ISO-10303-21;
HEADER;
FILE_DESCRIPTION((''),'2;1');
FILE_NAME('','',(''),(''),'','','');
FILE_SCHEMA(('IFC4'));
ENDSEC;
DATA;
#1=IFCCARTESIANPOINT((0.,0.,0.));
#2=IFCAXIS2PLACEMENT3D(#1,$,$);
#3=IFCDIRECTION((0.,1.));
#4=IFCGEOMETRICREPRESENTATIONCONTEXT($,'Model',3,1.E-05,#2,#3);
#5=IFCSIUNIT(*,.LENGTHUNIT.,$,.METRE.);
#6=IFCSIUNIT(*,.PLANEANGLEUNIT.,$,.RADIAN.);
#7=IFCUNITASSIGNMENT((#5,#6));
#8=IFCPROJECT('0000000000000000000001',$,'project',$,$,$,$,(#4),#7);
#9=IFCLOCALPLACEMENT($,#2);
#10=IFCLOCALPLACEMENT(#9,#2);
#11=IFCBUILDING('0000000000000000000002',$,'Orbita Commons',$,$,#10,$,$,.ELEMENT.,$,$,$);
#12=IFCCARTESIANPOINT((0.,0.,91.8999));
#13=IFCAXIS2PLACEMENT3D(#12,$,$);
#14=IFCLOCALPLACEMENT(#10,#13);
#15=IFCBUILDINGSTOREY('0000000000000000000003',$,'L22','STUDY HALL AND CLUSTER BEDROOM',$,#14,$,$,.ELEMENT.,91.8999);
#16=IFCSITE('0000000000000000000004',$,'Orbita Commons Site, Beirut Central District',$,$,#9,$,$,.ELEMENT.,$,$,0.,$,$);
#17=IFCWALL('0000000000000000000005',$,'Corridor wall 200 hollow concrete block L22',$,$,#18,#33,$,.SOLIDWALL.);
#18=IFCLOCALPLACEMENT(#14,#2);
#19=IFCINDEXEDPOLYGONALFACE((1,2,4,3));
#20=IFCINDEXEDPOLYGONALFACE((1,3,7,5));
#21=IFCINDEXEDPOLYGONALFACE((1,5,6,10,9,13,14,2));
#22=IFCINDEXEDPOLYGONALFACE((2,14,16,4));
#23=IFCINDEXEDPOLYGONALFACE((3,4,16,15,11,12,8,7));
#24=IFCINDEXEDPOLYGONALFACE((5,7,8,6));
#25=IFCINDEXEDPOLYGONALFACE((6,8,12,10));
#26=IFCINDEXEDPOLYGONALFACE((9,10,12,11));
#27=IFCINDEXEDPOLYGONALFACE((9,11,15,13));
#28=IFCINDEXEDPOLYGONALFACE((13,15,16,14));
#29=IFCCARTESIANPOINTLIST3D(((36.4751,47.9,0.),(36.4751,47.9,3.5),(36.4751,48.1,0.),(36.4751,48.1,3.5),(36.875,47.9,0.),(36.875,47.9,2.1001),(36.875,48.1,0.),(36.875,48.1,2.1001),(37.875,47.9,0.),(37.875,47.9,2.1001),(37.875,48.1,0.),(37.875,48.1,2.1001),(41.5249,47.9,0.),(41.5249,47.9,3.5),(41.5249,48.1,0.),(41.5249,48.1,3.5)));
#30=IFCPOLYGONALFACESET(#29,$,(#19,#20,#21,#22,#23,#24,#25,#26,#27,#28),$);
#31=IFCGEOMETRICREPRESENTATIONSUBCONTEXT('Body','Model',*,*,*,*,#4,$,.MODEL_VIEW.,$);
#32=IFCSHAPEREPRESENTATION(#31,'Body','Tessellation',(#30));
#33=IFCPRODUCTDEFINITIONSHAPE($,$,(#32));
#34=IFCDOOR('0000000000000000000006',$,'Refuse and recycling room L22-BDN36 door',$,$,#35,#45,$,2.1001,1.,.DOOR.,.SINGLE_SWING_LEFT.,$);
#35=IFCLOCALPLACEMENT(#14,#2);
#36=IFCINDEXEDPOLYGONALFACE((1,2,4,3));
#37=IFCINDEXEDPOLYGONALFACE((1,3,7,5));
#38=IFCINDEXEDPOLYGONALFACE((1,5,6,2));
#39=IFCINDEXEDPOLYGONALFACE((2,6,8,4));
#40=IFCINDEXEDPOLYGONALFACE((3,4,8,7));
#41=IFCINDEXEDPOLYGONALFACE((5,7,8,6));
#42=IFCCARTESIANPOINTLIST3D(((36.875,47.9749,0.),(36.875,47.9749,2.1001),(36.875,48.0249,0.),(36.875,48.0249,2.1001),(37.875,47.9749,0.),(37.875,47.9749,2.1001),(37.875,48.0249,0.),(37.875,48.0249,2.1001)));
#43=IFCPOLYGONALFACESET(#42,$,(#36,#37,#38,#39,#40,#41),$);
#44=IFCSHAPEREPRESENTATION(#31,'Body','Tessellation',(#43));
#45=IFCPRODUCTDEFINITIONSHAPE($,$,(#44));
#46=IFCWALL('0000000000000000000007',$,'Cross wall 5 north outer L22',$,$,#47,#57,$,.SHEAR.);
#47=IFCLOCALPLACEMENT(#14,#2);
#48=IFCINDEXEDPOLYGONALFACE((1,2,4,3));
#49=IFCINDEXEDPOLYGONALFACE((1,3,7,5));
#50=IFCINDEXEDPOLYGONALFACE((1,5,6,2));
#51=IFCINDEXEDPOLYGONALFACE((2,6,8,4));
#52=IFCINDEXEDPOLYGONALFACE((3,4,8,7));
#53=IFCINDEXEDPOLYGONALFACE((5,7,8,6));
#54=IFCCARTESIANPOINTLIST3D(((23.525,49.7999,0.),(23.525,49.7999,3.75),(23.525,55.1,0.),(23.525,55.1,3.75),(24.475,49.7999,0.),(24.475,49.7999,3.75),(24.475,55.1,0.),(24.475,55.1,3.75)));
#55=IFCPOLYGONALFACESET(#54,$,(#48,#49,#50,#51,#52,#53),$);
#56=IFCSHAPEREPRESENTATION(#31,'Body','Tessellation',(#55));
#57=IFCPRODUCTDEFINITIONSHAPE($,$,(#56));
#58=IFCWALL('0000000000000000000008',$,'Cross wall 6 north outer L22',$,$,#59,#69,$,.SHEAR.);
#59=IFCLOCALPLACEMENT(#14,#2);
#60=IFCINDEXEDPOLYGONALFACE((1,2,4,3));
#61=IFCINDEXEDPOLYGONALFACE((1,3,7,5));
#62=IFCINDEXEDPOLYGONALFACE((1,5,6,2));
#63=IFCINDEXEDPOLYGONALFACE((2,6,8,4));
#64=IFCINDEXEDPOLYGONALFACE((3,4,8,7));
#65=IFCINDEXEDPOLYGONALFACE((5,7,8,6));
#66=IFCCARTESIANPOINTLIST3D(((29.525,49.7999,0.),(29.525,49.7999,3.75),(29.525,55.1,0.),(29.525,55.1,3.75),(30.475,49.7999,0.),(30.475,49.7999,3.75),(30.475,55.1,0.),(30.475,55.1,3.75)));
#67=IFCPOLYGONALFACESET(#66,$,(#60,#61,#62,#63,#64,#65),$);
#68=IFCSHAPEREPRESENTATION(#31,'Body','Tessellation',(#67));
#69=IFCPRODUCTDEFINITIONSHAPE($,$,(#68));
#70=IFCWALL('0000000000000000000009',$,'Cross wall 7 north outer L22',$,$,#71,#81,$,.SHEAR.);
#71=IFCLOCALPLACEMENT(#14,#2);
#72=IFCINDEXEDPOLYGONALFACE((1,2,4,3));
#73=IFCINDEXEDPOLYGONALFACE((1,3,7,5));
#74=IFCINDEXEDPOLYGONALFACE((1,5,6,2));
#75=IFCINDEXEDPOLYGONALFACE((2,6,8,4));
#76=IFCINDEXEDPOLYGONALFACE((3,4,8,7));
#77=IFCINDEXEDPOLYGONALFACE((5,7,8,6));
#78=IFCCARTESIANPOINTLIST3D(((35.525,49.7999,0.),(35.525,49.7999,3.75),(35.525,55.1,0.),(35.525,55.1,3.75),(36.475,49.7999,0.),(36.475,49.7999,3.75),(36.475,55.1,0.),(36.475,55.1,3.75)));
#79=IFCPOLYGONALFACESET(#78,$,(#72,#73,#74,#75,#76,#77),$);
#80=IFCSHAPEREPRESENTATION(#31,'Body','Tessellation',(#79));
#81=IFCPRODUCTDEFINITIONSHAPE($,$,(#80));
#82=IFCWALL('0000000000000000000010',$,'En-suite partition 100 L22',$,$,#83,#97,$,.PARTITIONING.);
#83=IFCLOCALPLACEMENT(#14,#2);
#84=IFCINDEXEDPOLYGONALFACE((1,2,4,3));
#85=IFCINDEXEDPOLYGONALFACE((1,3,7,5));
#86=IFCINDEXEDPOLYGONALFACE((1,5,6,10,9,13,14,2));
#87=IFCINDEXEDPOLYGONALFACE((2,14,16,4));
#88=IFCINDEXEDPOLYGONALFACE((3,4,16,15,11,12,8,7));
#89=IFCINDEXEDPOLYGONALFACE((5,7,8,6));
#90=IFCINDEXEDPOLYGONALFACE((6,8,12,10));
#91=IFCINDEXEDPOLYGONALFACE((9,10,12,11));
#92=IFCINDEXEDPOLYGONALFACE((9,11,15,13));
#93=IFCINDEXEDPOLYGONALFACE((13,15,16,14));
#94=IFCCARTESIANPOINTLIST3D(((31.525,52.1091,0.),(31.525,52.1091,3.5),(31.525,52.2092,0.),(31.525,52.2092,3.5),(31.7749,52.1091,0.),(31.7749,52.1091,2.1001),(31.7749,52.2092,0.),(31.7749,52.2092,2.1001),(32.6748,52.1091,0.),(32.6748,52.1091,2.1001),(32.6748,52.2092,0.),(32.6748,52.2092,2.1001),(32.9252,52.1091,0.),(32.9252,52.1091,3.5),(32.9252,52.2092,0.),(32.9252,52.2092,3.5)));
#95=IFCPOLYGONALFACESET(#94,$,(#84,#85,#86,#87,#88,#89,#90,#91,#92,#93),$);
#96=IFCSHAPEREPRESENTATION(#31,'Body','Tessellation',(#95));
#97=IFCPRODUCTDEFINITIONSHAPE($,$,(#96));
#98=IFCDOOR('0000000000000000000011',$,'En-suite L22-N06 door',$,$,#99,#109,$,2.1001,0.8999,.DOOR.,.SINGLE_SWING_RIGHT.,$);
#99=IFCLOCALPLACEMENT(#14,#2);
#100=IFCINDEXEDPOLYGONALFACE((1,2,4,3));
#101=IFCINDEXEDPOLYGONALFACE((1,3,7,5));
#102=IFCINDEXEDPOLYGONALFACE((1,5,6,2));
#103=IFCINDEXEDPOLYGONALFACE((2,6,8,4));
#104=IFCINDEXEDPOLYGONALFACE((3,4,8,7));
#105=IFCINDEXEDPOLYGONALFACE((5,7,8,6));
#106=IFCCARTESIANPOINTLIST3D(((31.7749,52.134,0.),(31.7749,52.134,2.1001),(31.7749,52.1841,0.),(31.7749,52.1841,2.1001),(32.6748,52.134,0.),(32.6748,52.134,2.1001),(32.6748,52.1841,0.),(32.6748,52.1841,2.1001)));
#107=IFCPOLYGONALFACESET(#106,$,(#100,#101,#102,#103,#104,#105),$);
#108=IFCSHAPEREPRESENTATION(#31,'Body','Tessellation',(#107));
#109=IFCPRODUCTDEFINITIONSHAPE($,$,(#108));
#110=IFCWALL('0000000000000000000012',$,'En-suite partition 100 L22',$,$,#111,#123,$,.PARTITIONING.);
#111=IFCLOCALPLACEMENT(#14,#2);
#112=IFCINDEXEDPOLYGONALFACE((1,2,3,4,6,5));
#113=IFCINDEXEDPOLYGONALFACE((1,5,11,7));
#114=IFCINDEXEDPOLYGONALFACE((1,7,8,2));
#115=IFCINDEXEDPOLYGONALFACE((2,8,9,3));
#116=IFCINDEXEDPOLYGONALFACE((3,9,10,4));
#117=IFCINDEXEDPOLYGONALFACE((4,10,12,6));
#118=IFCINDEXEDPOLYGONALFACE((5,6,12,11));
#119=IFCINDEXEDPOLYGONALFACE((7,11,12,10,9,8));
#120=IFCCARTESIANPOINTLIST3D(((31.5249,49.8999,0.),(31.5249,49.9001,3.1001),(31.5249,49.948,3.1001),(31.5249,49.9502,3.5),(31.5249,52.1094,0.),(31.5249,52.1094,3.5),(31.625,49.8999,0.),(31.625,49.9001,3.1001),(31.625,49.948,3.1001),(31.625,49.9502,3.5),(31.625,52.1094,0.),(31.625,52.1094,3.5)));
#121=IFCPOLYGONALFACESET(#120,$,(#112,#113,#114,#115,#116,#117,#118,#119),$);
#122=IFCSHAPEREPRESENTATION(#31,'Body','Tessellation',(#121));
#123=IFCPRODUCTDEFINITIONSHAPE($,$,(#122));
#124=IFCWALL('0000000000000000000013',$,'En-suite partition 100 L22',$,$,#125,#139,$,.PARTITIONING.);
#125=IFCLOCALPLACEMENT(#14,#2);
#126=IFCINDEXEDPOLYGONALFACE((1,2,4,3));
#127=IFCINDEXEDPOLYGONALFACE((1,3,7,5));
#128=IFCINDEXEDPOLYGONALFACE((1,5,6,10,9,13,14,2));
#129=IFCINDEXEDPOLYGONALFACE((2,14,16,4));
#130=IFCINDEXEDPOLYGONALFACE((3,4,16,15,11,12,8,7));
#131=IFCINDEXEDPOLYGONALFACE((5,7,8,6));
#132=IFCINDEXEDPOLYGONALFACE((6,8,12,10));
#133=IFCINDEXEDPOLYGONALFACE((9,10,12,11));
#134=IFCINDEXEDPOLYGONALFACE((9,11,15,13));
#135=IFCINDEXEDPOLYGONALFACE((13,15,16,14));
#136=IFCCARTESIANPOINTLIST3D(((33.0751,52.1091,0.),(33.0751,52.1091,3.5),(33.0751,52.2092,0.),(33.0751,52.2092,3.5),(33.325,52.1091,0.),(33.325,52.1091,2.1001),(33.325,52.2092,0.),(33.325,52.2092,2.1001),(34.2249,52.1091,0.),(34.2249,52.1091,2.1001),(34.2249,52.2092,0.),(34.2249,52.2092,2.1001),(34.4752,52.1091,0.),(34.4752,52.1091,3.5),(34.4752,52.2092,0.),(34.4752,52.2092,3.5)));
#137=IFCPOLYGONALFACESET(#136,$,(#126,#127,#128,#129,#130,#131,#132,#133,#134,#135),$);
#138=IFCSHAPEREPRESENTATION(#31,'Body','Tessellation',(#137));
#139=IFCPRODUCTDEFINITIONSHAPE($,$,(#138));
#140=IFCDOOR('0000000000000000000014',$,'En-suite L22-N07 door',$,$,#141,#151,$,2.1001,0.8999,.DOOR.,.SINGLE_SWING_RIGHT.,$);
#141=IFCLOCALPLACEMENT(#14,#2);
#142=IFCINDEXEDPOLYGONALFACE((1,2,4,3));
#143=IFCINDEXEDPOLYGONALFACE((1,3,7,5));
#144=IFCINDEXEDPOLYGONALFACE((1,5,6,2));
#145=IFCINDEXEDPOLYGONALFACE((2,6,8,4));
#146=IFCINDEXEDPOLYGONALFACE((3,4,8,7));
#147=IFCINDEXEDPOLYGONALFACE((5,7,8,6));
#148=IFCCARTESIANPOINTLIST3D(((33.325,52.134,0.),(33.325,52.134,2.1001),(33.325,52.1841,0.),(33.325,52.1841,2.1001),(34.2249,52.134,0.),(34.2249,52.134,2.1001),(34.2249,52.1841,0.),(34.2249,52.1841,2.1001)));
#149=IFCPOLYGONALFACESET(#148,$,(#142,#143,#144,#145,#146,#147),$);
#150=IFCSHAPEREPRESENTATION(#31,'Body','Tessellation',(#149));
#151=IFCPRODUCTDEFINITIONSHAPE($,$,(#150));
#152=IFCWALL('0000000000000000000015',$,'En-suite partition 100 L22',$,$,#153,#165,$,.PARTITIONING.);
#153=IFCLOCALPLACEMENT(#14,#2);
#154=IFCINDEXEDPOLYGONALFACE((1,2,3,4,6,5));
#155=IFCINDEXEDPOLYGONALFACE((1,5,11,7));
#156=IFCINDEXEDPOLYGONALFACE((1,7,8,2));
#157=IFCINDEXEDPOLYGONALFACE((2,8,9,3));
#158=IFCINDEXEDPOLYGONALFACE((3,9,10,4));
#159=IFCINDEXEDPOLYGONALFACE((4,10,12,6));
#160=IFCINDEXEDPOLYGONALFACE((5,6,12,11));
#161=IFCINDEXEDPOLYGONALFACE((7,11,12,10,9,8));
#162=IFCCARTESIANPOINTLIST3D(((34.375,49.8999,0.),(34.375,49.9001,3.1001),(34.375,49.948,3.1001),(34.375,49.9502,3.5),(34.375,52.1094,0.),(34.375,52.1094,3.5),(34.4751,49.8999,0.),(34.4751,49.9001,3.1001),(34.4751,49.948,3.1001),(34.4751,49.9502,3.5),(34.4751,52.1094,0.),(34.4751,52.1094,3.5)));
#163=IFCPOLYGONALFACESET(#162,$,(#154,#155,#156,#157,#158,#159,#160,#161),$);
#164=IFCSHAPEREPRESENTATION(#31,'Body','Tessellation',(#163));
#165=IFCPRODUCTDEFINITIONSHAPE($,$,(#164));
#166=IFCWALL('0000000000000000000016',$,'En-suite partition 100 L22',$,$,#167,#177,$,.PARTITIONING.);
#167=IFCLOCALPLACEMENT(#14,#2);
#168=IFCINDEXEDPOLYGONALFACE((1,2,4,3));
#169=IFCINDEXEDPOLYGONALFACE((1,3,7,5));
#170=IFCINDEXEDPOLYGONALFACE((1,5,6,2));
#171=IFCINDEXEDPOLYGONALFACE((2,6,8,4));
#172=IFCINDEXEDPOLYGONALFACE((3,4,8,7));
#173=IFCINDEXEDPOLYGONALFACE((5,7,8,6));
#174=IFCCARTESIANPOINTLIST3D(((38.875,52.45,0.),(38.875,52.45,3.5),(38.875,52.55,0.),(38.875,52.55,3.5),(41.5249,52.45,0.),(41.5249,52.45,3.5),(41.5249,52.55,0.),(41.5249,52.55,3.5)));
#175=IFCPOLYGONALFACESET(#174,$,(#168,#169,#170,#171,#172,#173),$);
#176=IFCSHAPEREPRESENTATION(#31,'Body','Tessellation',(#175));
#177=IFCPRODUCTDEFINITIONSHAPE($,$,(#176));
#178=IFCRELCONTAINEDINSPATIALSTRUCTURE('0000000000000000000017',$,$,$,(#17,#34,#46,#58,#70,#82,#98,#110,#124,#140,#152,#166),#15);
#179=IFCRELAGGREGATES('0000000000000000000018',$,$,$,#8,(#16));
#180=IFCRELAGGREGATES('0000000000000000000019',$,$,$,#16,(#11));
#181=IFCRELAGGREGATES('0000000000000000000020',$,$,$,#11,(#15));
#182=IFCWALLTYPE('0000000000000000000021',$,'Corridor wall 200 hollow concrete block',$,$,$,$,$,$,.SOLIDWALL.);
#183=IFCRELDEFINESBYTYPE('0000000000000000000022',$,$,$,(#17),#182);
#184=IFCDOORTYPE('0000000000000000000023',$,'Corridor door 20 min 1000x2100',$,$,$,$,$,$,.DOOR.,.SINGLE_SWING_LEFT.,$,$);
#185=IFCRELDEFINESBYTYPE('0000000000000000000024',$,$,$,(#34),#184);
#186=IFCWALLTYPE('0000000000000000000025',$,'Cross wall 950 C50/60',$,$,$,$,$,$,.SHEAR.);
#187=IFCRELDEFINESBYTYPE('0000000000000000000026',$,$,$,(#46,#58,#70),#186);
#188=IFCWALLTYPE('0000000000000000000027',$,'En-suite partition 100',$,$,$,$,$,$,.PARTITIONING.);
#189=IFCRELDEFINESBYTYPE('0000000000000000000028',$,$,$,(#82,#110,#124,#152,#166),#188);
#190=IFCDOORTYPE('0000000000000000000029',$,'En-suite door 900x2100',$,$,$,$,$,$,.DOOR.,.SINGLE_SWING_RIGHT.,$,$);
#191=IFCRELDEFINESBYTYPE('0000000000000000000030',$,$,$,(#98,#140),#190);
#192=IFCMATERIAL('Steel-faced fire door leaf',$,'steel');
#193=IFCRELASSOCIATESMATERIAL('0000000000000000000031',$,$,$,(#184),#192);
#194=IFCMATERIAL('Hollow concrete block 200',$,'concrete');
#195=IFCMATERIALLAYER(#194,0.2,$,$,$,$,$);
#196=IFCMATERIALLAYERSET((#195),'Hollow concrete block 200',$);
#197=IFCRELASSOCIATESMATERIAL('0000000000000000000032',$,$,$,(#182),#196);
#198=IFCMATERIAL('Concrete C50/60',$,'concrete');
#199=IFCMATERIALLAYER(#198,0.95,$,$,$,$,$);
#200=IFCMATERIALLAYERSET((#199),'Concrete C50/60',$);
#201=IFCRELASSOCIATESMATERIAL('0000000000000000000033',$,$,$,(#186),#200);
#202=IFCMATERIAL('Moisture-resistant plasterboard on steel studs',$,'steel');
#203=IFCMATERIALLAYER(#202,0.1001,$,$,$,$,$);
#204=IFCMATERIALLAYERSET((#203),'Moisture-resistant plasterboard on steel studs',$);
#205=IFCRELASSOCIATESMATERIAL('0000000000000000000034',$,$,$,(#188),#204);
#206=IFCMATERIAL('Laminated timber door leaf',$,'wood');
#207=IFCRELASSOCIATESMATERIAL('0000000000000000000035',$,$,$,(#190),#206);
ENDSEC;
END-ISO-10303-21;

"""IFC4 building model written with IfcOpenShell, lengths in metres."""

from ifc_helpers import new_model, si_unit, direction, frame, frame_2d, origin, place, context, subcontext, project, spatial, polyline, rectangle, outline, extrude, material, layer, layer_set, type_object, element, fill, save


model = new_model("IFC4")

# Units and contexts
model_context = context("Model", 3, precision=1e-05, world=origin(), true_north=direction((0.0, 1.0)))
body_context = subcontext(model_context, "Body", "Model", "MODEL_VIEW")
ifc_project = project(units=[si_unit("LENGTHUNIT", "METRE"), si_unit("PLANEANGLEUNIT", "RADIAN")], contexts=[model_context])

# Site, building, storey
site_placement = place(None, origin())
site = spatial("IfcSite", under=ifc_project, at=site_placement, Name="Orbita Commons Site, Beirut Central District", CompositionType="ELEMENT", RefElevation=0.0)
building_placement = place(site_placement, origin())
building = spatial("IfcBuilding", under=site, at=building_placement, Name="Orbita Commons", CompositionType="ELEMENT")
storey_placement = place(building_placement, frame((0.0, 0.0, 91.8999)))
storey = spatial("IfcBuildingStorey", under=building, at=storey_placement, Name="L22", Description="STUDY HALL AND CLUSTER BEDROOM", CompositionType="ELEMENT", Elevation=91.8999)

# Shared definitions
ifc_material_1 = material(Name="Steel-faced fire door leaf", Category="steel")
door_type_1 = type_object("IfcDoorType", Name="Corridor door 20 min 1000x2100", OperationType="SINGLE_SWING_LEFT", PredefinedType="DOOR", material=ifc_material_1)

# Wall, opening, door
ifc_material_2 = material(Name="Hollow concrete block 200", Category="concrete")
ifc_layer_1 = layer(ifc_material_2, 0.2)
ifc_layer_set_1 = layer_set([ifc_layer_1], Name="Hollow concrete block 200")
wall_type_1 = type_object("IfcWallType", Name="Corridor wall 200 hollow concrete block", PredefinedType="SOLIDWALL", material=ifc_layer_set_1)
wall_1_placement = place(storey_placement, frame((36.4751, 48.0, 0.0), z_axis=(0.0, 0.0, 1.0), x_axis=(1.0, 0.0, 0.0)))
wall_1 = element("IfcWall", 1, at=wall_1_placement, inside=storey, type_object=wall_type_1, Name="Corridor wall 200 hollow concrete block L22", PredefinedType="SOLIDWALL", context=body_context, shape_type="SweptSolid", body=[
    extrude(rectangle(XDim=5.0498, YDim=0.2, at=frame_2d((2.5249, 0.0))), origin(), (0.0, 0.0, 1.0), 3.5),
])
opening_1_placement = place(wall_1_placement, frame((0.3999, 0.0, 0.0)))
opening_1 = element("IfcOpeningElement", 2, at=opening_1_placement, cuts=wall_1, PredefinedType="OPENING", context=body_context, shape_type="SweptSolid", body=[
    extrude(rectangle(XDim=1.0, YDim=2.1001, at=frame_2d((0.5, 1.05))), frame((0.0, 0.1099, 0.0), z_axis=(0.0, -1.0, 0.0), x_axis=(1.0, 0.0, 0.0)), (0.0, 0.0, 1.0), 0.22),
])
door_1_placement = place(opening_1_placement, origin())
door_1 = element("IfcDoor", 3, at=door_1_placement, inside=storey, type_object=door_type_1, Name="Refuse and recycling room L22-BDN36 door", OperationType="SINGLE_SWING_LEFT", OverallHeight=2.1001, OverallWidth=1.0, PredefinedType="DOOR", context=body_context, shape_type="SweptSolid", body=[
    extrude(rectangle(XDim=1.0, YDim=2.1001, at=frame_2d((0.5, 1.05))), frame((0.0, 0.0249, 0.0), z_axis=(0.0, -1.0, 0.0), x_axis=(1.0, 0.0, 0.0)), (0.0, 0.0, 1.0), 0.05),
])
fill(opening_1, door_1)

# Walls
ifc_material_3 = material(Name="Concrete C50/60", Category="concrete")
ifc_layer_2 = layer(ifc_material_3, 0.95)
ifc_layer_set_2 = layer_set([ifc_layer_2], Name="Concrete C50/60")
wall_type_2 = type_object("IfcWallType", Name="Cross wall 950 C50/60", PredefinedType="SHEAR", material=ifc_layer_set_2)
for number, where, z_axis, x_axis, name in (
    (4, (24.0, 49.8, 0.0), (0.0, 0.0, 1.0), (0.0, 1.0, 0.0), "Cross wall 5 north outer L22"),
    (5, (30.0, 49.8, 0.0), (0.0, 0.0, 1.0), (0.0, 1.0, 0.0), "Cross wall 6 north outer L22"),
    (6, (36.0, 49.8, 0.0), (0.0, 0.0, 1.0), (0.0, 1.0, 0.0), "Cross wall 7 north outer L22"),
):
    element("IfcWall", number, at=place(storey_placement, frame(where, z_axis=z_axis, x_axis=x_axis)), inside=storey, type_object=wall_type_2, Name=name, PredefinedType="SHEAR", context=body_context, shape_type="SweptSolid", body=[
        extrude(rectangle(XDim=5.3, YDim=0.95, at=frame_2d((2.6499, 0.0))), origin(), (0.0, 0.0, 1.0), 3.75),
    ])

# Wall, opening, door
ifc_material_4 = material(Name="Moisture-resistant plasterboard on steel studs", Category="steel")
ifc_layer_3 = layer(ifc_material_4, 0.1001)
ifc_layer_set_3 = layer_set([ifc_layer_3], Name="Moisture-resistant plasterboard on steel studs")
wall_type_3 = type_object("IfcWallType", Name="En-suite partition 100", PredefinedType="PARTITIONING", material=ifc_layer_set_3)
wall_2_placement = place(storey_placement, frame((31.5249, 52.1592, 0.0), z_axis=(0.0, 0.0, 1.0), x_axis=(1.0, 0.0, 0.0)))
wall_2 = element("IfcWall", 7, at=wall_2_placement, inside=storey, type_object=wall_type_3, Name="En-suite partition 100 L22", PredefinedType="PARTITIONING", context=body_context, shape_type="SweptSolid", body=[
    extrude(rectangle(XDim=1.4001, YDim=0.1001, at=frame_2d((0.7002, 0.0))), origin(), (0.0, 0.0, 1.0), 3.5),
])
opening_2_placement = place(wall_2_placement, frame((0.25, 0.0, 0.0)))
opening_2 = element("IfcOpeningElement", 8, at=opening_2_placement, cuts=wall_2, PredefinedType="OPENING", context=body_context, shape_type="SweptSolid", body=[
    extrude(rectangle(XDim=0.8999, YDim=2.1001, at=frame_2d((0.45, 1.05))), frame((0.0, 0.0601, 0.0), z_axis=(0.0, -1.0, 0.0), x_axis=(1.0, 0.0, 0.0)), (0.0, 0.0, 1.0), 0.1201),
])
ifc_material_5 = material(Name="Laminated timber door leaf", Category="wood")
door_type_2 = type_object("IfcDoorType", Name="En-suite door 900x2100", OperationType="SINGLE_SWING_RIGHT", PredefinedType="DOOR", material=ifc_material_5)
door_2_placement = place(opening_2_placement, origin())
door_2 = element("IfcDoor", 9, at=door_2_placement, inside=storey, type_object=door_type_2, Name="En-suite L22-N06 door", OperationType="SINGLE_SWING_RIGHT", OverallHeight=2.1001, OverallWidth=0.8999, PredefinedType="DOOR", context=body_context, shape_type="SweptSolid", body=[
    extrude(rectangle(XDim=0.8999, YDim=2.1001, at=frame_2d((0.45, 1.05))), frame((0.0, 0.0249, 0.0), z_axis=(0.0, -1.0, 0.0), x_axis=(1.0, 0.0, 0.0)), (0.0, 0.0, 1.0), 0.05),
])
fill(opening_2, door_2)

# Wall
wall_3_placement = place(storey_placement, frame((31.575, 52.1094, 0.0), z_axis=(0.0, 0.0, 1.0), x_axis=(0.0, -1.0, 0.0)))
element("IfcWall", 10, at=wall_3_placement, inside=storey, type_object=wall_type_3, Name="En-suite partition 100 L22", PredefinedType="PARTITIONING", context=body_context, shape_type="SweptSolid", body=[
    extrude(outline(polyline([(0.0, 0.0), (2.2095, 0.0), (2.2092, 3.1001), (2.1614, 3.1001), (2.1592, 3.5), (0.0, 3.5), (0.0, 0.0)])), frame((0.0, 0.05, 0.0), z_axis=(0.0, -1.0, 0.0), x_axis=(1.0, 0.0, 0.0)), (0.0, 0.0, 1.0), 0.1001),
])

# Wall, opening, door
wall_4_placement = place(storey_placement, frame((33.075, 52.1592, 0.0), z_axis=(0.0, 0.0, 1.0), x_axis=(1.0, 0.0, 0.0)))
wall_4 = element("IfcWall", 11, at=wall_4_placement, inside=storey, type_object=wall_type_3, Name="En-suite partition 100 L22", PredefinedType="PARTITIONING", context=body_context, shape_type="SweptSolid", body=[
    extrude(rectangle(XDim=1.4001, YDim=0.1001, at=frame_2d((0.7002, 0.0))), origin(), (0.0, 0.0, 1.0), 3.5),
])
opening_3_placement = place(wall_4_placement, frame((0.25, 0.0, 0.0)))
opening_3 = element("IfcOpeningElement", 12, at=opening_3_placement, cuts=wall_4, PredefinedType="OPENING", context=body_context, shape_type="SweptSolid", body=[
    extrude(rectangle(XDim=0.8999, YDim=2.1001, at=frame_2d((0.45, 1.05))), frame((0.0, 0.0601, 0.0), z_axis=(0.0, -1.0, 0.0), x_axis=(1.0, 0.0, 0.0)), (0.0, 0.0, 1.0), 0.1201),
])
door_3_placement = place(opening_3_placement, origin())
door_3 = element("IfcDoor", 13, at=door_3_placement, inside=storey, type_object=door_type_2, Name="En-suite L22-N07 door", OperationType="SINGLE_SWING_RIGHT", OverallHeight=2.1001, OverallWidth=0.8999, PredefinedType="DOOR", context=body_context, shape_type="SweptSolid", body=[
    extrude(rectangle(XDim=0.8999, YDim=2.1001, at=frame_2d((0.45, 1.05))), frame((0.0, 0.0249, 0.0), z_axis=(0.0, -1.0, 0.0), x_axis=(1.0, 0.0, 0.0)), (0.0, 0.0, 1.0), 0.05),
])
fill(opening_3, door_3)

# Walls
wall_5_placement = place(storey_placement, frame((34.425, 52.1094, 0.0), z_axis=(0.0, 0.0, 1.0), x_axis=(0.0, -1.0, 0.0)))
element("IfcWall", 14, at=wall_5_placement, inside=storey, type_object=wall_type_3, Name="En-suite partition 100 L22", PredefinedType="PARTITIONING", context=body_context, shape_type="SweptSolid", body=[
    extrude(outline(polyline([(0.0, 0.0), (2.2095, 0.0), (2.2092, 3.1001), (2.1614, 3.1001), (2.1592, 3.5), (0.0, 3.5), (0.0, 0.0)])), frame((0.0, 0.05, 0.0), z_axis=(0.0, -1.0, 0.0), x_axis=(1.0, 0.0, 0.0)), (0.0, 0.0, 1.0), 0.1001),
])
wall_6_placement = place(storey_placement, frame((38.875, 52.5, 0.0), z_axis=(0.0, 0.0, 1.0), x_axis=(1.0, 0.0, 0.0)))
element("IfcWall", 15, at=wall_6_placement, inside=storey, type_object=wall_type_3, Name="En-suite partition 100 L22", PredefinedType="PARTITIONING", context=body_context, shape_type="SweptSolid", body=[
    extrude(rectangle(XDim=2.6499, YDim=0.1001, at=frame_2d((1.325, 0.0))), origin(), (0.0, 0.0, 1.0), 3.5),
])

save(model, "model.ifc")
